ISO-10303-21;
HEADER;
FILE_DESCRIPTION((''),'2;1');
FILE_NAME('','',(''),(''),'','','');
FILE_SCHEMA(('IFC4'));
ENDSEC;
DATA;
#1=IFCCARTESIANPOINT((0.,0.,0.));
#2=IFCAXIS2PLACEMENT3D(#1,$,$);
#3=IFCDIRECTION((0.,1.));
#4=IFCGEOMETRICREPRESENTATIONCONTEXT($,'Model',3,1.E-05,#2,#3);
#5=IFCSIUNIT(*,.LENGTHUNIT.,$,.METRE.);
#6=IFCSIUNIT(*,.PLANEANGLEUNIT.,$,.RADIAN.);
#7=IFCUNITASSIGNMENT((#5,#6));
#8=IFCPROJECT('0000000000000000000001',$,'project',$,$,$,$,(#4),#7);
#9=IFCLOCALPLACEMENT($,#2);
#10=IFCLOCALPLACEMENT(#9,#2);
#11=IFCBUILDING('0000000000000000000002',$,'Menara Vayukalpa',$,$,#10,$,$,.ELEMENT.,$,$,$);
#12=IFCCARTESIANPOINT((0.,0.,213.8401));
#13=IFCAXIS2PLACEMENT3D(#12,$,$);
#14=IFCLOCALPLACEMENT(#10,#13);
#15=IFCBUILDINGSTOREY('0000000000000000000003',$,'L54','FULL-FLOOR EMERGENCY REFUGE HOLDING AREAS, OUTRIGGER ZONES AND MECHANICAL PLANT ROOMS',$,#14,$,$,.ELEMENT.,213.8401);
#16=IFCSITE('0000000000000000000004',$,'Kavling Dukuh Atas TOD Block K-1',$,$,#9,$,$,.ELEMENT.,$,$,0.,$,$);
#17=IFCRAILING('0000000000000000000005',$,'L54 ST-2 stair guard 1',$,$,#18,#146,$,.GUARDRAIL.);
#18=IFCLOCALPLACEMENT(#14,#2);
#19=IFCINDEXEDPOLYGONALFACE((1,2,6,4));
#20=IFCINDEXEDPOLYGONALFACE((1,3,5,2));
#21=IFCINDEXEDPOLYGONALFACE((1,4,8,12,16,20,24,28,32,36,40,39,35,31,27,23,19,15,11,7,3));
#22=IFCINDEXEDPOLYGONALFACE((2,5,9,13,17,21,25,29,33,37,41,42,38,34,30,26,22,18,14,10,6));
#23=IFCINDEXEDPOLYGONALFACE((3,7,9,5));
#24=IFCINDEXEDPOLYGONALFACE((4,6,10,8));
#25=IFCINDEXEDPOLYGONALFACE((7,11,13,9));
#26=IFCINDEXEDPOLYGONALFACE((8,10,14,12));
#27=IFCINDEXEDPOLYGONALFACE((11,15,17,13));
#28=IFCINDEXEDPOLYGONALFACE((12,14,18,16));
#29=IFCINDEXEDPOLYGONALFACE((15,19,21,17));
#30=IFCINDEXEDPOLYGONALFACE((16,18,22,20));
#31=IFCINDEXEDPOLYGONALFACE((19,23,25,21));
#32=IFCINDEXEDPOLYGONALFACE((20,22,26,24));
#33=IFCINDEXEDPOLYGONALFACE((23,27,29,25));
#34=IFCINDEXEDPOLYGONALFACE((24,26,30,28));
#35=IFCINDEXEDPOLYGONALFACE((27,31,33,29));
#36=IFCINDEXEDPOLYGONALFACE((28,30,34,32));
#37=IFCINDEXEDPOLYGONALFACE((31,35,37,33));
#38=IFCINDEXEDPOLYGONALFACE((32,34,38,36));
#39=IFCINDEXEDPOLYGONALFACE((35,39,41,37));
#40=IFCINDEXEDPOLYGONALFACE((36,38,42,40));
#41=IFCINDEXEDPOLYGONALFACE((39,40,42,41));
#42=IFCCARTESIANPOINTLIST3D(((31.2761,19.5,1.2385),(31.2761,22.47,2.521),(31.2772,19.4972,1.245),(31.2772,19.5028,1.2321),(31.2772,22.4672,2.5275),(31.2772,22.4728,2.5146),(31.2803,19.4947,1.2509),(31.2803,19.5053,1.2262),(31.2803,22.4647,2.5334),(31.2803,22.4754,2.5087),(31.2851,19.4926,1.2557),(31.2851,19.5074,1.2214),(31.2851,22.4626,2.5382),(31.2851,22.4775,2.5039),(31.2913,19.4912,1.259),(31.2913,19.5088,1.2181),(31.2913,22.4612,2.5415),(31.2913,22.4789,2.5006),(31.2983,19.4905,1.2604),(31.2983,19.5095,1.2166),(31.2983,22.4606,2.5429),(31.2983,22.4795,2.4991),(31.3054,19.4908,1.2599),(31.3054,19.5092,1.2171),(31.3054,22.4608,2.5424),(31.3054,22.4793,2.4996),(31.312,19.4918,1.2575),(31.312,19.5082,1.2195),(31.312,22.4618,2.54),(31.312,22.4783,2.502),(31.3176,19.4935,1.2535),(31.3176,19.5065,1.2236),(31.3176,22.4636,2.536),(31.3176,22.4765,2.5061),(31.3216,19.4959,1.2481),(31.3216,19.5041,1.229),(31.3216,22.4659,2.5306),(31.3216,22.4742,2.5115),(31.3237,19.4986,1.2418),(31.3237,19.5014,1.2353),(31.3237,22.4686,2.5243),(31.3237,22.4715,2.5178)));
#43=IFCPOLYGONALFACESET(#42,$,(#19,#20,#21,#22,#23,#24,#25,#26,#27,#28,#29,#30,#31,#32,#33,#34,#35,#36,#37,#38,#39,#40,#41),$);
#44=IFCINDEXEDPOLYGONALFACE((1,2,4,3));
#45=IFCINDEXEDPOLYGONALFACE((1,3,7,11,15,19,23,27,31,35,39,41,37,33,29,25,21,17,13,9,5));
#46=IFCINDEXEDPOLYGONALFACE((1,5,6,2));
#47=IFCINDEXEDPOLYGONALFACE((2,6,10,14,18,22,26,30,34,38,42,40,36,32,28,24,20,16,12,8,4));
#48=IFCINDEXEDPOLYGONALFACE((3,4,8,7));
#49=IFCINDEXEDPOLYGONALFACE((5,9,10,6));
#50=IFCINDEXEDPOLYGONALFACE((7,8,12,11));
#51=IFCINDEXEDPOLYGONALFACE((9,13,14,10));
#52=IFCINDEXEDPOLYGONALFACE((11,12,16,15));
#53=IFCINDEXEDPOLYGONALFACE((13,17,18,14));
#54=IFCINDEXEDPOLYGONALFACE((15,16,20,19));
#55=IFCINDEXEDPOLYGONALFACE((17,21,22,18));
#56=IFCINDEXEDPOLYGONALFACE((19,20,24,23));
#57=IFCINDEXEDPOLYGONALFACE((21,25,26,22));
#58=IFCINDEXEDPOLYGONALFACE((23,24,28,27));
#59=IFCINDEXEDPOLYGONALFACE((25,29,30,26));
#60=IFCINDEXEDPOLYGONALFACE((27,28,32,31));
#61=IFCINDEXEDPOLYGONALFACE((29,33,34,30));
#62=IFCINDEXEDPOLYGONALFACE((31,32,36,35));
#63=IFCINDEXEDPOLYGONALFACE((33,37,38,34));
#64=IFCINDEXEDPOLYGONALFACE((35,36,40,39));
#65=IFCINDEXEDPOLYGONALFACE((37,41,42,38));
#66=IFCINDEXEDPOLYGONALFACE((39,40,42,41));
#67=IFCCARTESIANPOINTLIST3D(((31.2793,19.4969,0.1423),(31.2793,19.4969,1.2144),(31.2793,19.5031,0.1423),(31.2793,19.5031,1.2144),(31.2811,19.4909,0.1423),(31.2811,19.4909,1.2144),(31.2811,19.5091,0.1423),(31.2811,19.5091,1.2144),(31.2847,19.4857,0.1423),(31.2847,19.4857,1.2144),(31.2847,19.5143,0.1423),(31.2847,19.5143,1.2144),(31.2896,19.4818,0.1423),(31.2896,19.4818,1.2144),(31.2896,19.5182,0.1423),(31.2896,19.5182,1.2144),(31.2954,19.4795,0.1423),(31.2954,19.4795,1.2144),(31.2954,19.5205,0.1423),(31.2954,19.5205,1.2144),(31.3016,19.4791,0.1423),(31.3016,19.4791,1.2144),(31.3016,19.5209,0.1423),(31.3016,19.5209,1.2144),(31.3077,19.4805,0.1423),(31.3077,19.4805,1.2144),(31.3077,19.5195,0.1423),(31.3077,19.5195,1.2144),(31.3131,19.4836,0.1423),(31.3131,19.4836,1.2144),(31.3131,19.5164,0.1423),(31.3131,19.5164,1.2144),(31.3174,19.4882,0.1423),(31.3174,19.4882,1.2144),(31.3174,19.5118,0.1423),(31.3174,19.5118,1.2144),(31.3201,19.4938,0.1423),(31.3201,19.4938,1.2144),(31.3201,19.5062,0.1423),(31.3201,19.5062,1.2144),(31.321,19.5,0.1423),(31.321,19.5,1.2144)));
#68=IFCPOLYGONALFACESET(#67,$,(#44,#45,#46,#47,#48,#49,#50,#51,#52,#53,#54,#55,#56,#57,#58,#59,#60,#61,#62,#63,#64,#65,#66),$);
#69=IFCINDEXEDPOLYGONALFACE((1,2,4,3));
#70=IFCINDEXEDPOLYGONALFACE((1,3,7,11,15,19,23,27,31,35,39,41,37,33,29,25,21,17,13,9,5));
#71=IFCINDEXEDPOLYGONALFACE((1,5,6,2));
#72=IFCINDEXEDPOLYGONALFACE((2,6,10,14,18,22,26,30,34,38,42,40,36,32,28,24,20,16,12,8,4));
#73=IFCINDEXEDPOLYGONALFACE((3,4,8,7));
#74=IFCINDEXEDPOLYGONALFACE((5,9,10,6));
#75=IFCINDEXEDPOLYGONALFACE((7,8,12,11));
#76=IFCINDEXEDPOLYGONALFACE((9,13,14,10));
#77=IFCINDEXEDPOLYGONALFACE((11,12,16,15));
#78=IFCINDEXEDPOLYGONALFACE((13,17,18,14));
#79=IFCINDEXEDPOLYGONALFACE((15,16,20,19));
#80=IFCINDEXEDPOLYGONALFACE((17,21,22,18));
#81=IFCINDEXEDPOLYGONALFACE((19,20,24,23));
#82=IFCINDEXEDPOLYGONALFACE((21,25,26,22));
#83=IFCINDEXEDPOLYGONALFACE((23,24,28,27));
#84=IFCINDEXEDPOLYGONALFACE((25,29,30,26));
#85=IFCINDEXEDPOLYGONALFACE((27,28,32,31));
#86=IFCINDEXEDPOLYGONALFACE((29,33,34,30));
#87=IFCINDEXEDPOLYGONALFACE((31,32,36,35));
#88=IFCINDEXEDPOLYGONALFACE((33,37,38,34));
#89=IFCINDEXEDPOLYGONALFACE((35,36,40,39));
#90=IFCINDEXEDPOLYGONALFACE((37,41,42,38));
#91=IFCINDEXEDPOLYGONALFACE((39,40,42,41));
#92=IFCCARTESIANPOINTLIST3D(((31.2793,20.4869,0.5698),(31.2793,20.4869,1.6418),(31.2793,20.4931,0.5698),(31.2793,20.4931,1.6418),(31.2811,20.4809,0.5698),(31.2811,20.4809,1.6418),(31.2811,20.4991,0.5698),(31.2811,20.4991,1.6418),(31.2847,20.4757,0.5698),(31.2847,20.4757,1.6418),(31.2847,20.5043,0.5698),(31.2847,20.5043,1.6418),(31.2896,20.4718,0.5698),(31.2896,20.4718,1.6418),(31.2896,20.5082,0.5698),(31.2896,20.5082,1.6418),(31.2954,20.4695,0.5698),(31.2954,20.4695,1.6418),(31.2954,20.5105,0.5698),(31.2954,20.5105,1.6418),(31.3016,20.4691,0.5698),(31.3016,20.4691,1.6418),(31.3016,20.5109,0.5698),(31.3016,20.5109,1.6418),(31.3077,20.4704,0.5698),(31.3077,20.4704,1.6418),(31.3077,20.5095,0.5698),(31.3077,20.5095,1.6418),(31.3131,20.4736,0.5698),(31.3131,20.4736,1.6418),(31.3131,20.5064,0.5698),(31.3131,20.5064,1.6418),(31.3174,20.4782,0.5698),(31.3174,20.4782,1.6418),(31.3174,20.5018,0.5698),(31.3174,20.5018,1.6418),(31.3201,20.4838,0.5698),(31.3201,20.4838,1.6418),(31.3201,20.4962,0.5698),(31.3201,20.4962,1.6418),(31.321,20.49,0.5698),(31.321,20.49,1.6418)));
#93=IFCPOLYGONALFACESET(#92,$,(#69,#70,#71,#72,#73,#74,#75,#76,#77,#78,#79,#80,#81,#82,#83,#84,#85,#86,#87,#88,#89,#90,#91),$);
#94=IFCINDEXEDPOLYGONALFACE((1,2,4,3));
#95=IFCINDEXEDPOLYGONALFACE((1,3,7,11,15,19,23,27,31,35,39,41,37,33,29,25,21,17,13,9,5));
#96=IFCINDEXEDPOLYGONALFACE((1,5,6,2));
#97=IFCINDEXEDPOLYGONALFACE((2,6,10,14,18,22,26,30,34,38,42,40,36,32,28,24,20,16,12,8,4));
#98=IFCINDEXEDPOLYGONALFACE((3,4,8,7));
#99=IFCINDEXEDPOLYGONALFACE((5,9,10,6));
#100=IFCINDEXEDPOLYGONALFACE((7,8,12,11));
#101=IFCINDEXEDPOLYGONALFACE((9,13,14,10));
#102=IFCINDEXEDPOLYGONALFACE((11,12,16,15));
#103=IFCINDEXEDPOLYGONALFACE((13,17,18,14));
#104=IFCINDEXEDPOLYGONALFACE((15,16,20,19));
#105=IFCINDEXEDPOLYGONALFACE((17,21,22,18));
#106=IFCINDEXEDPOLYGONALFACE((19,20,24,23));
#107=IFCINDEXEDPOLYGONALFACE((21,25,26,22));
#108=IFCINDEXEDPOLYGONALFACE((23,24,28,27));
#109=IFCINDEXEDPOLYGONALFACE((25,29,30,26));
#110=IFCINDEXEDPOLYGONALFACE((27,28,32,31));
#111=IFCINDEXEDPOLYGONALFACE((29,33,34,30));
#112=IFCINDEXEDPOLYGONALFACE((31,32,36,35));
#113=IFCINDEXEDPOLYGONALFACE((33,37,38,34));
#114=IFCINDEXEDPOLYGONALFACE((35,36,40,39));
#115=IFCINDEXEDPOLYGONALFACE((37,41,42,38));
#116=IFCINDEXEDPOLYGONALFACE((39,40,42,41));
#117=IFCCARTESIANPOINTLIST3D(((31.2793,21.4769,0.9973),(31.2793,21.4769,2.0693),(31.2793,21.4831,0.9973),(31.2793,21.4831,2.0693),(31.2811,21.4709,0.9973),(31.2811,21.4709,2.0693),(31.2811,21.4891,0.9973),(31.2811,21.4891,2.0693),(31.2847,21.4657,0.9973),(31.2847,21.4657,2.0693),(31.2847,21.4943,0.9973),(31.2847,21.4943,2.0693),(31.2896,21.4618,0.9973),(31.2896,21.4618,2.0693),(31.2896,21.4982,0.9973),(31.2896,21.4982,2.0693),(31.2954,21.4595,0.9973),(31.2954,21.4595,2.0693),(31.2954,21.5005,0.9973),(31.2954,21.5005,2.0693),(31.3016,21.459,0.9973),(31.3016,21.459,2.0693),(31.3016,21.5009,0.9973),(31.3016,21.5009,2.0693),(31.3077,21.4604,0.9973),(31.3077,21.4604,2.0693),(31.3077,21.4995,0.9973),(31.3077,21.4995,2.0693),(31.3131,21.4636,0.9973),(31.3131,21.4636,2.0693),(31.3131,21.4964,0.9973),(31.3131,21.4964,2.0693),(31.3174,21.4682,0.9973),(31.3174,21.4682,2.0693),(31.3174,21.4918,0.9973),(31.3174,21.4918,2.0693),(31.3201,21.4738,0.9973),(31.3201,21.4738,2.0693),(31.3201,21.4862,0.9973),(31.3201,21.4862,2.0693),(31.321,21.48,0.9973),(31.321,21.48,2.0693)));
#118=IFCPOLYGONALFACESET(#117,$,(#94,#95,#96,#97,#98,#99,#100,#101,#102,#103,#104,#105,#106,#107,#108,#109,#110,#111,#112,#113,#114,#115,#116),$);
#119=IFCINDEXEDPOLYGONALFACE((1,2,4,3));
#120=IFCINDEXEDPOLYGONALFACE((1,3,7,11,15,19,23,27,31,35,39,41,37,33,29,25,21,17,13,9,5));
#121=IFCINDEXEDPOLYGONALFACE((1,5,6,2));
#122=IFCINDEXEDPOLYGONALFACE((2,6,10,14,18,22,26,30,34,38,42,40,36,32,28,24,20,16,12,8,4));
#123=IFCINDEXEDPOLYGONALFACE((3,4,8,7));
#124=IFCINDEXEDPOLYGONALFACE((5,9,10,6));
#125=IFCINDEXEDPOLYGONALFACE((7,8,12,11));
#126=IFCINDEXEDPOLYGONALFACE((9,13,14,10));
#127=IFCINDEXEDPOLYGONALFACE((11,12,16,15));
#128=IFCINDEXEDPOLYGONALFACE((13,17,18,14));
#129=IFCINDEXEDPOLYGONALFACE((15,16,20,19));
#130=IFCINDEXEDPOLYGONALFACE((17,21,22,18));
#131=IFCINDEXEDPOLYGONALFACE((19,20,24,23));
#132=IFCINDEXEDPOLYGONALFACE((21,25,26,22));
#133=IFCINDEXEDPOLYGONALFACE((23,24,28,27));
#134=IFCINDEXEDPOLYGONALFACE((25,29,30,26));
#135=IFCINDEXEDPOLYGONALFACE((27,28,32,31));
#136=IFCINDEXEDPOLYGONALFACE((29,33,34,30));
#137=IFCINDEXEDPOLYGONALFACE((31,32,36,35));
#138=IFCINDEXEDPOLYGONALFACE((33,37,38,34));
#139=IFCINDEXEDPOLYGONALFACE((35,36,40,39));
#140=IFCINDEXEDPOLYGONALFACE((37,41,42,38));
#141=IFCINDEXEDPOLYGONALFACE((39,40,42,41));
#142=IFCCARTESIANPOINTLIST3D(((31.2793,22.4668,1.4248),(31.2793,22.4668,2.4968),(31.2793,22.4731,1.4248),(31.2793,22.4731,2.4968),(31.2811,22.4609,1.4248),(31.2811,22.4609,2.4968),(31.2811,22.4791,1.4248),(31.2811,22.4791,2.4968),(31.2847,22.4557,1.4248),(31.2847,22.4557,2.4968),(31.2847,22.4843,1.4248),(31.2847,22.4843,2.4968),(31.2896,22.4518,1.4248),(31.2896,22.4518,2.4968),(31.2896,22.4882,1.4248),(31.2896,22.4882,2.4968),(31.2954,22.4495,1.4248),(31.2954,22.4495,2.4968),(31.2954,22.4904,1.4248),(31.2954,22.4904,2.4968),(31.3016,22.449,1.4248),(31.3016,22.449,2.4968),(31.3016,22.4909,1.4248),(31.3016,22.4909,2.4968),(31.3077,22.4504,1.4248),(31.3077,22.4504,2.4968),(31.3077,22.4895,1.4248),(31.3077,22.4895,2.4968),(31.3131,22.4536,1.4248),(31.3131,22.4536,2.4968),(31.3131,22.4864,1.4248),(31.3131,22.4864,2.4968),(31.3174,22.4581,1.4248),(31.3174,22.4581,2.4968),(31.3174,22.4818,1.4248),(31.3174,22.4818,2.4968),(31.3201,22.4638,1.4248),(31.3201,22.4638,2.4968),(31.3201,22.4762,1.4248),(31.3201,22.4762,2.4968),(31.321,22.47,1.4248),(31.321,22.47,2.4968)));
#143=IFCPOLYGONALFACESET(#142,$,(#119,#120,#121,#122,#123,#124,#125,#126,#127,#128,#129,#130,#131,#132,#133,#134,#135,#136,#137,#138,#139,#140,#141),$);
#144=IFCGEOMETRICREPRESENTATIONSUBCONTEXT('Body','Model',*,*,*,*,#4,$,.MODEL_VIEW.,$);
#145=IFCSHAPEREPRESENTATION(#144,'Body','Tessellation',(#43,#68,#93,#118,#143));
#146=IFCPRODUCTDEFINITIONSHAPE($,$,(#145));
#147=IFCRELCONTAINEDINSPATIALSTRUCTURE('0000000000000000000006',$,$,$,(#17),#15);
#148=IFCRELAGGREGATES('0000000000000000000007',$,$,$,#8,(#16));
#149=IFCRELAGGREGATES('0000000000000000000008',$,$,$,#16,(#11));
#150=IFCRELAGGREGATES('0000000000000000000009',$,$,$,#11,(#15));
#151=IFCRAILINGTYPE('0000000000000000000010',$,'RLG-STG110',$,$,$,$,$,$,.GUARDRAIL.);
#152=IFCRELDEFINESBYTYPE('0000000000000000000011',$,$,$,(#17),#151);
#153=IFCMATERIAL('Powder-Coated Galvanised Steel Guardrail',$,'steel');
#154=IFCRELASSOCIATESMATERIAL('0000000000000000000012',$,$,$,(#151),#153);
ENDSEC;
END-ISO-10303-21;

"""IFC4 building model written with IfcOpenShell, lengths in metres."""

from ifc_helpers import new_model, si_unit, direction, frame, origin, origin_2d, place, context, subcontext, project, spatial, circle, extrude, material, type_object, element, save


model = new_model("IFC4")

# Units and contexts
model_context = context("Model", 3, precision=1e-05, world=origin(), true_north=direction((0.0, 1.0)))
body_context = subcontext(model_context, "Body", "Model", "MODEL_VIEW")
ifc_project = project(units=[si_unit("LENGTHUNIT", "METRE"), si_unit("PLANEANGLEUNIT", "RADIAN")], contexts=[model_context])

# Site, building, storey
site_placement = place(None, origin())
site = spatial("IfcSite", under=ifc_project, at=site_placement, Name="Kavling Dukuh Atas TOD Block K-1", CompositionType="ELEMENT", RefElevation=0.0)
building_placement = place(site_placement, origin())
building = spatial("IfcBuilding", under=site, at=building_placement, Name="Menara Vayukalpa", CompositionType="ELEMENT")
storey_placement = place(building_placement, frame((0.0, 0.0, 213.8401)))
storey = spatial("IfcBuildingStorey", under=building, at=storey_placement, Name="L54", Description="FULL-FLOOR EMERGENCY REFUGE HOLDING AREAS, OUTRIGGER ZONES AND MECHANICAL PLANT ROOMS", CompositionType="ELEMENT", Elevation=213.8401)

# Railing
ifc_material_1 = material(Name="Powder-Coated Galvanised Steel Guardrail", Category="steel")
railing_type_1 = type_object("IfcRailingType", Name="RLG-STG110", PredefinedType="GUARDRAIL", material=ifc_material_1)
railing_1_placement = place(storey_placement, frame((31.3, 19.5, 0.1423)))
element("IfcRailing", 1, at=railing_1_placement, inside=storey, type_object=railing_type_1, Name="L54 ST-2 stair guard 1", PredefinedType="GUARDRAIL", context=body_context, shape_type="SweptSolid", body=[
    extrude(circle(Radius=0.0239, at=origin_2d()), frame((0.0, 0.0, 1.0962), z_axis=(0.0, 0.918064, 0.396432), x_axis=(-1.0, 0.0, 0.0)), (0.0, 0.0, 1.0), 3.2351),
    extrude(circle(Radius=0.021, at=origin_2d()), origin(), (0.0, 0.0, 1.0), 1.072),
    extrude(circle(Radius=0.021, at=origin_2d()), frame((0.0, 0.99, 0.4275)), (0.0, 0.0, 1.0), 1.072),
    extrude(circle(Radius=0.021, at=origin_2d()), frame((0.0, 1.98, 0.855)), (0.0, 0.0, 1.0), 1.072),
    extrude(circle(Radius=0.021, at=origin_2d()), frame((0.0, 2.97, 1.2825)), (0.0, 0.0, 1.0), 1.072),
])

save(model, "model.ifc")
